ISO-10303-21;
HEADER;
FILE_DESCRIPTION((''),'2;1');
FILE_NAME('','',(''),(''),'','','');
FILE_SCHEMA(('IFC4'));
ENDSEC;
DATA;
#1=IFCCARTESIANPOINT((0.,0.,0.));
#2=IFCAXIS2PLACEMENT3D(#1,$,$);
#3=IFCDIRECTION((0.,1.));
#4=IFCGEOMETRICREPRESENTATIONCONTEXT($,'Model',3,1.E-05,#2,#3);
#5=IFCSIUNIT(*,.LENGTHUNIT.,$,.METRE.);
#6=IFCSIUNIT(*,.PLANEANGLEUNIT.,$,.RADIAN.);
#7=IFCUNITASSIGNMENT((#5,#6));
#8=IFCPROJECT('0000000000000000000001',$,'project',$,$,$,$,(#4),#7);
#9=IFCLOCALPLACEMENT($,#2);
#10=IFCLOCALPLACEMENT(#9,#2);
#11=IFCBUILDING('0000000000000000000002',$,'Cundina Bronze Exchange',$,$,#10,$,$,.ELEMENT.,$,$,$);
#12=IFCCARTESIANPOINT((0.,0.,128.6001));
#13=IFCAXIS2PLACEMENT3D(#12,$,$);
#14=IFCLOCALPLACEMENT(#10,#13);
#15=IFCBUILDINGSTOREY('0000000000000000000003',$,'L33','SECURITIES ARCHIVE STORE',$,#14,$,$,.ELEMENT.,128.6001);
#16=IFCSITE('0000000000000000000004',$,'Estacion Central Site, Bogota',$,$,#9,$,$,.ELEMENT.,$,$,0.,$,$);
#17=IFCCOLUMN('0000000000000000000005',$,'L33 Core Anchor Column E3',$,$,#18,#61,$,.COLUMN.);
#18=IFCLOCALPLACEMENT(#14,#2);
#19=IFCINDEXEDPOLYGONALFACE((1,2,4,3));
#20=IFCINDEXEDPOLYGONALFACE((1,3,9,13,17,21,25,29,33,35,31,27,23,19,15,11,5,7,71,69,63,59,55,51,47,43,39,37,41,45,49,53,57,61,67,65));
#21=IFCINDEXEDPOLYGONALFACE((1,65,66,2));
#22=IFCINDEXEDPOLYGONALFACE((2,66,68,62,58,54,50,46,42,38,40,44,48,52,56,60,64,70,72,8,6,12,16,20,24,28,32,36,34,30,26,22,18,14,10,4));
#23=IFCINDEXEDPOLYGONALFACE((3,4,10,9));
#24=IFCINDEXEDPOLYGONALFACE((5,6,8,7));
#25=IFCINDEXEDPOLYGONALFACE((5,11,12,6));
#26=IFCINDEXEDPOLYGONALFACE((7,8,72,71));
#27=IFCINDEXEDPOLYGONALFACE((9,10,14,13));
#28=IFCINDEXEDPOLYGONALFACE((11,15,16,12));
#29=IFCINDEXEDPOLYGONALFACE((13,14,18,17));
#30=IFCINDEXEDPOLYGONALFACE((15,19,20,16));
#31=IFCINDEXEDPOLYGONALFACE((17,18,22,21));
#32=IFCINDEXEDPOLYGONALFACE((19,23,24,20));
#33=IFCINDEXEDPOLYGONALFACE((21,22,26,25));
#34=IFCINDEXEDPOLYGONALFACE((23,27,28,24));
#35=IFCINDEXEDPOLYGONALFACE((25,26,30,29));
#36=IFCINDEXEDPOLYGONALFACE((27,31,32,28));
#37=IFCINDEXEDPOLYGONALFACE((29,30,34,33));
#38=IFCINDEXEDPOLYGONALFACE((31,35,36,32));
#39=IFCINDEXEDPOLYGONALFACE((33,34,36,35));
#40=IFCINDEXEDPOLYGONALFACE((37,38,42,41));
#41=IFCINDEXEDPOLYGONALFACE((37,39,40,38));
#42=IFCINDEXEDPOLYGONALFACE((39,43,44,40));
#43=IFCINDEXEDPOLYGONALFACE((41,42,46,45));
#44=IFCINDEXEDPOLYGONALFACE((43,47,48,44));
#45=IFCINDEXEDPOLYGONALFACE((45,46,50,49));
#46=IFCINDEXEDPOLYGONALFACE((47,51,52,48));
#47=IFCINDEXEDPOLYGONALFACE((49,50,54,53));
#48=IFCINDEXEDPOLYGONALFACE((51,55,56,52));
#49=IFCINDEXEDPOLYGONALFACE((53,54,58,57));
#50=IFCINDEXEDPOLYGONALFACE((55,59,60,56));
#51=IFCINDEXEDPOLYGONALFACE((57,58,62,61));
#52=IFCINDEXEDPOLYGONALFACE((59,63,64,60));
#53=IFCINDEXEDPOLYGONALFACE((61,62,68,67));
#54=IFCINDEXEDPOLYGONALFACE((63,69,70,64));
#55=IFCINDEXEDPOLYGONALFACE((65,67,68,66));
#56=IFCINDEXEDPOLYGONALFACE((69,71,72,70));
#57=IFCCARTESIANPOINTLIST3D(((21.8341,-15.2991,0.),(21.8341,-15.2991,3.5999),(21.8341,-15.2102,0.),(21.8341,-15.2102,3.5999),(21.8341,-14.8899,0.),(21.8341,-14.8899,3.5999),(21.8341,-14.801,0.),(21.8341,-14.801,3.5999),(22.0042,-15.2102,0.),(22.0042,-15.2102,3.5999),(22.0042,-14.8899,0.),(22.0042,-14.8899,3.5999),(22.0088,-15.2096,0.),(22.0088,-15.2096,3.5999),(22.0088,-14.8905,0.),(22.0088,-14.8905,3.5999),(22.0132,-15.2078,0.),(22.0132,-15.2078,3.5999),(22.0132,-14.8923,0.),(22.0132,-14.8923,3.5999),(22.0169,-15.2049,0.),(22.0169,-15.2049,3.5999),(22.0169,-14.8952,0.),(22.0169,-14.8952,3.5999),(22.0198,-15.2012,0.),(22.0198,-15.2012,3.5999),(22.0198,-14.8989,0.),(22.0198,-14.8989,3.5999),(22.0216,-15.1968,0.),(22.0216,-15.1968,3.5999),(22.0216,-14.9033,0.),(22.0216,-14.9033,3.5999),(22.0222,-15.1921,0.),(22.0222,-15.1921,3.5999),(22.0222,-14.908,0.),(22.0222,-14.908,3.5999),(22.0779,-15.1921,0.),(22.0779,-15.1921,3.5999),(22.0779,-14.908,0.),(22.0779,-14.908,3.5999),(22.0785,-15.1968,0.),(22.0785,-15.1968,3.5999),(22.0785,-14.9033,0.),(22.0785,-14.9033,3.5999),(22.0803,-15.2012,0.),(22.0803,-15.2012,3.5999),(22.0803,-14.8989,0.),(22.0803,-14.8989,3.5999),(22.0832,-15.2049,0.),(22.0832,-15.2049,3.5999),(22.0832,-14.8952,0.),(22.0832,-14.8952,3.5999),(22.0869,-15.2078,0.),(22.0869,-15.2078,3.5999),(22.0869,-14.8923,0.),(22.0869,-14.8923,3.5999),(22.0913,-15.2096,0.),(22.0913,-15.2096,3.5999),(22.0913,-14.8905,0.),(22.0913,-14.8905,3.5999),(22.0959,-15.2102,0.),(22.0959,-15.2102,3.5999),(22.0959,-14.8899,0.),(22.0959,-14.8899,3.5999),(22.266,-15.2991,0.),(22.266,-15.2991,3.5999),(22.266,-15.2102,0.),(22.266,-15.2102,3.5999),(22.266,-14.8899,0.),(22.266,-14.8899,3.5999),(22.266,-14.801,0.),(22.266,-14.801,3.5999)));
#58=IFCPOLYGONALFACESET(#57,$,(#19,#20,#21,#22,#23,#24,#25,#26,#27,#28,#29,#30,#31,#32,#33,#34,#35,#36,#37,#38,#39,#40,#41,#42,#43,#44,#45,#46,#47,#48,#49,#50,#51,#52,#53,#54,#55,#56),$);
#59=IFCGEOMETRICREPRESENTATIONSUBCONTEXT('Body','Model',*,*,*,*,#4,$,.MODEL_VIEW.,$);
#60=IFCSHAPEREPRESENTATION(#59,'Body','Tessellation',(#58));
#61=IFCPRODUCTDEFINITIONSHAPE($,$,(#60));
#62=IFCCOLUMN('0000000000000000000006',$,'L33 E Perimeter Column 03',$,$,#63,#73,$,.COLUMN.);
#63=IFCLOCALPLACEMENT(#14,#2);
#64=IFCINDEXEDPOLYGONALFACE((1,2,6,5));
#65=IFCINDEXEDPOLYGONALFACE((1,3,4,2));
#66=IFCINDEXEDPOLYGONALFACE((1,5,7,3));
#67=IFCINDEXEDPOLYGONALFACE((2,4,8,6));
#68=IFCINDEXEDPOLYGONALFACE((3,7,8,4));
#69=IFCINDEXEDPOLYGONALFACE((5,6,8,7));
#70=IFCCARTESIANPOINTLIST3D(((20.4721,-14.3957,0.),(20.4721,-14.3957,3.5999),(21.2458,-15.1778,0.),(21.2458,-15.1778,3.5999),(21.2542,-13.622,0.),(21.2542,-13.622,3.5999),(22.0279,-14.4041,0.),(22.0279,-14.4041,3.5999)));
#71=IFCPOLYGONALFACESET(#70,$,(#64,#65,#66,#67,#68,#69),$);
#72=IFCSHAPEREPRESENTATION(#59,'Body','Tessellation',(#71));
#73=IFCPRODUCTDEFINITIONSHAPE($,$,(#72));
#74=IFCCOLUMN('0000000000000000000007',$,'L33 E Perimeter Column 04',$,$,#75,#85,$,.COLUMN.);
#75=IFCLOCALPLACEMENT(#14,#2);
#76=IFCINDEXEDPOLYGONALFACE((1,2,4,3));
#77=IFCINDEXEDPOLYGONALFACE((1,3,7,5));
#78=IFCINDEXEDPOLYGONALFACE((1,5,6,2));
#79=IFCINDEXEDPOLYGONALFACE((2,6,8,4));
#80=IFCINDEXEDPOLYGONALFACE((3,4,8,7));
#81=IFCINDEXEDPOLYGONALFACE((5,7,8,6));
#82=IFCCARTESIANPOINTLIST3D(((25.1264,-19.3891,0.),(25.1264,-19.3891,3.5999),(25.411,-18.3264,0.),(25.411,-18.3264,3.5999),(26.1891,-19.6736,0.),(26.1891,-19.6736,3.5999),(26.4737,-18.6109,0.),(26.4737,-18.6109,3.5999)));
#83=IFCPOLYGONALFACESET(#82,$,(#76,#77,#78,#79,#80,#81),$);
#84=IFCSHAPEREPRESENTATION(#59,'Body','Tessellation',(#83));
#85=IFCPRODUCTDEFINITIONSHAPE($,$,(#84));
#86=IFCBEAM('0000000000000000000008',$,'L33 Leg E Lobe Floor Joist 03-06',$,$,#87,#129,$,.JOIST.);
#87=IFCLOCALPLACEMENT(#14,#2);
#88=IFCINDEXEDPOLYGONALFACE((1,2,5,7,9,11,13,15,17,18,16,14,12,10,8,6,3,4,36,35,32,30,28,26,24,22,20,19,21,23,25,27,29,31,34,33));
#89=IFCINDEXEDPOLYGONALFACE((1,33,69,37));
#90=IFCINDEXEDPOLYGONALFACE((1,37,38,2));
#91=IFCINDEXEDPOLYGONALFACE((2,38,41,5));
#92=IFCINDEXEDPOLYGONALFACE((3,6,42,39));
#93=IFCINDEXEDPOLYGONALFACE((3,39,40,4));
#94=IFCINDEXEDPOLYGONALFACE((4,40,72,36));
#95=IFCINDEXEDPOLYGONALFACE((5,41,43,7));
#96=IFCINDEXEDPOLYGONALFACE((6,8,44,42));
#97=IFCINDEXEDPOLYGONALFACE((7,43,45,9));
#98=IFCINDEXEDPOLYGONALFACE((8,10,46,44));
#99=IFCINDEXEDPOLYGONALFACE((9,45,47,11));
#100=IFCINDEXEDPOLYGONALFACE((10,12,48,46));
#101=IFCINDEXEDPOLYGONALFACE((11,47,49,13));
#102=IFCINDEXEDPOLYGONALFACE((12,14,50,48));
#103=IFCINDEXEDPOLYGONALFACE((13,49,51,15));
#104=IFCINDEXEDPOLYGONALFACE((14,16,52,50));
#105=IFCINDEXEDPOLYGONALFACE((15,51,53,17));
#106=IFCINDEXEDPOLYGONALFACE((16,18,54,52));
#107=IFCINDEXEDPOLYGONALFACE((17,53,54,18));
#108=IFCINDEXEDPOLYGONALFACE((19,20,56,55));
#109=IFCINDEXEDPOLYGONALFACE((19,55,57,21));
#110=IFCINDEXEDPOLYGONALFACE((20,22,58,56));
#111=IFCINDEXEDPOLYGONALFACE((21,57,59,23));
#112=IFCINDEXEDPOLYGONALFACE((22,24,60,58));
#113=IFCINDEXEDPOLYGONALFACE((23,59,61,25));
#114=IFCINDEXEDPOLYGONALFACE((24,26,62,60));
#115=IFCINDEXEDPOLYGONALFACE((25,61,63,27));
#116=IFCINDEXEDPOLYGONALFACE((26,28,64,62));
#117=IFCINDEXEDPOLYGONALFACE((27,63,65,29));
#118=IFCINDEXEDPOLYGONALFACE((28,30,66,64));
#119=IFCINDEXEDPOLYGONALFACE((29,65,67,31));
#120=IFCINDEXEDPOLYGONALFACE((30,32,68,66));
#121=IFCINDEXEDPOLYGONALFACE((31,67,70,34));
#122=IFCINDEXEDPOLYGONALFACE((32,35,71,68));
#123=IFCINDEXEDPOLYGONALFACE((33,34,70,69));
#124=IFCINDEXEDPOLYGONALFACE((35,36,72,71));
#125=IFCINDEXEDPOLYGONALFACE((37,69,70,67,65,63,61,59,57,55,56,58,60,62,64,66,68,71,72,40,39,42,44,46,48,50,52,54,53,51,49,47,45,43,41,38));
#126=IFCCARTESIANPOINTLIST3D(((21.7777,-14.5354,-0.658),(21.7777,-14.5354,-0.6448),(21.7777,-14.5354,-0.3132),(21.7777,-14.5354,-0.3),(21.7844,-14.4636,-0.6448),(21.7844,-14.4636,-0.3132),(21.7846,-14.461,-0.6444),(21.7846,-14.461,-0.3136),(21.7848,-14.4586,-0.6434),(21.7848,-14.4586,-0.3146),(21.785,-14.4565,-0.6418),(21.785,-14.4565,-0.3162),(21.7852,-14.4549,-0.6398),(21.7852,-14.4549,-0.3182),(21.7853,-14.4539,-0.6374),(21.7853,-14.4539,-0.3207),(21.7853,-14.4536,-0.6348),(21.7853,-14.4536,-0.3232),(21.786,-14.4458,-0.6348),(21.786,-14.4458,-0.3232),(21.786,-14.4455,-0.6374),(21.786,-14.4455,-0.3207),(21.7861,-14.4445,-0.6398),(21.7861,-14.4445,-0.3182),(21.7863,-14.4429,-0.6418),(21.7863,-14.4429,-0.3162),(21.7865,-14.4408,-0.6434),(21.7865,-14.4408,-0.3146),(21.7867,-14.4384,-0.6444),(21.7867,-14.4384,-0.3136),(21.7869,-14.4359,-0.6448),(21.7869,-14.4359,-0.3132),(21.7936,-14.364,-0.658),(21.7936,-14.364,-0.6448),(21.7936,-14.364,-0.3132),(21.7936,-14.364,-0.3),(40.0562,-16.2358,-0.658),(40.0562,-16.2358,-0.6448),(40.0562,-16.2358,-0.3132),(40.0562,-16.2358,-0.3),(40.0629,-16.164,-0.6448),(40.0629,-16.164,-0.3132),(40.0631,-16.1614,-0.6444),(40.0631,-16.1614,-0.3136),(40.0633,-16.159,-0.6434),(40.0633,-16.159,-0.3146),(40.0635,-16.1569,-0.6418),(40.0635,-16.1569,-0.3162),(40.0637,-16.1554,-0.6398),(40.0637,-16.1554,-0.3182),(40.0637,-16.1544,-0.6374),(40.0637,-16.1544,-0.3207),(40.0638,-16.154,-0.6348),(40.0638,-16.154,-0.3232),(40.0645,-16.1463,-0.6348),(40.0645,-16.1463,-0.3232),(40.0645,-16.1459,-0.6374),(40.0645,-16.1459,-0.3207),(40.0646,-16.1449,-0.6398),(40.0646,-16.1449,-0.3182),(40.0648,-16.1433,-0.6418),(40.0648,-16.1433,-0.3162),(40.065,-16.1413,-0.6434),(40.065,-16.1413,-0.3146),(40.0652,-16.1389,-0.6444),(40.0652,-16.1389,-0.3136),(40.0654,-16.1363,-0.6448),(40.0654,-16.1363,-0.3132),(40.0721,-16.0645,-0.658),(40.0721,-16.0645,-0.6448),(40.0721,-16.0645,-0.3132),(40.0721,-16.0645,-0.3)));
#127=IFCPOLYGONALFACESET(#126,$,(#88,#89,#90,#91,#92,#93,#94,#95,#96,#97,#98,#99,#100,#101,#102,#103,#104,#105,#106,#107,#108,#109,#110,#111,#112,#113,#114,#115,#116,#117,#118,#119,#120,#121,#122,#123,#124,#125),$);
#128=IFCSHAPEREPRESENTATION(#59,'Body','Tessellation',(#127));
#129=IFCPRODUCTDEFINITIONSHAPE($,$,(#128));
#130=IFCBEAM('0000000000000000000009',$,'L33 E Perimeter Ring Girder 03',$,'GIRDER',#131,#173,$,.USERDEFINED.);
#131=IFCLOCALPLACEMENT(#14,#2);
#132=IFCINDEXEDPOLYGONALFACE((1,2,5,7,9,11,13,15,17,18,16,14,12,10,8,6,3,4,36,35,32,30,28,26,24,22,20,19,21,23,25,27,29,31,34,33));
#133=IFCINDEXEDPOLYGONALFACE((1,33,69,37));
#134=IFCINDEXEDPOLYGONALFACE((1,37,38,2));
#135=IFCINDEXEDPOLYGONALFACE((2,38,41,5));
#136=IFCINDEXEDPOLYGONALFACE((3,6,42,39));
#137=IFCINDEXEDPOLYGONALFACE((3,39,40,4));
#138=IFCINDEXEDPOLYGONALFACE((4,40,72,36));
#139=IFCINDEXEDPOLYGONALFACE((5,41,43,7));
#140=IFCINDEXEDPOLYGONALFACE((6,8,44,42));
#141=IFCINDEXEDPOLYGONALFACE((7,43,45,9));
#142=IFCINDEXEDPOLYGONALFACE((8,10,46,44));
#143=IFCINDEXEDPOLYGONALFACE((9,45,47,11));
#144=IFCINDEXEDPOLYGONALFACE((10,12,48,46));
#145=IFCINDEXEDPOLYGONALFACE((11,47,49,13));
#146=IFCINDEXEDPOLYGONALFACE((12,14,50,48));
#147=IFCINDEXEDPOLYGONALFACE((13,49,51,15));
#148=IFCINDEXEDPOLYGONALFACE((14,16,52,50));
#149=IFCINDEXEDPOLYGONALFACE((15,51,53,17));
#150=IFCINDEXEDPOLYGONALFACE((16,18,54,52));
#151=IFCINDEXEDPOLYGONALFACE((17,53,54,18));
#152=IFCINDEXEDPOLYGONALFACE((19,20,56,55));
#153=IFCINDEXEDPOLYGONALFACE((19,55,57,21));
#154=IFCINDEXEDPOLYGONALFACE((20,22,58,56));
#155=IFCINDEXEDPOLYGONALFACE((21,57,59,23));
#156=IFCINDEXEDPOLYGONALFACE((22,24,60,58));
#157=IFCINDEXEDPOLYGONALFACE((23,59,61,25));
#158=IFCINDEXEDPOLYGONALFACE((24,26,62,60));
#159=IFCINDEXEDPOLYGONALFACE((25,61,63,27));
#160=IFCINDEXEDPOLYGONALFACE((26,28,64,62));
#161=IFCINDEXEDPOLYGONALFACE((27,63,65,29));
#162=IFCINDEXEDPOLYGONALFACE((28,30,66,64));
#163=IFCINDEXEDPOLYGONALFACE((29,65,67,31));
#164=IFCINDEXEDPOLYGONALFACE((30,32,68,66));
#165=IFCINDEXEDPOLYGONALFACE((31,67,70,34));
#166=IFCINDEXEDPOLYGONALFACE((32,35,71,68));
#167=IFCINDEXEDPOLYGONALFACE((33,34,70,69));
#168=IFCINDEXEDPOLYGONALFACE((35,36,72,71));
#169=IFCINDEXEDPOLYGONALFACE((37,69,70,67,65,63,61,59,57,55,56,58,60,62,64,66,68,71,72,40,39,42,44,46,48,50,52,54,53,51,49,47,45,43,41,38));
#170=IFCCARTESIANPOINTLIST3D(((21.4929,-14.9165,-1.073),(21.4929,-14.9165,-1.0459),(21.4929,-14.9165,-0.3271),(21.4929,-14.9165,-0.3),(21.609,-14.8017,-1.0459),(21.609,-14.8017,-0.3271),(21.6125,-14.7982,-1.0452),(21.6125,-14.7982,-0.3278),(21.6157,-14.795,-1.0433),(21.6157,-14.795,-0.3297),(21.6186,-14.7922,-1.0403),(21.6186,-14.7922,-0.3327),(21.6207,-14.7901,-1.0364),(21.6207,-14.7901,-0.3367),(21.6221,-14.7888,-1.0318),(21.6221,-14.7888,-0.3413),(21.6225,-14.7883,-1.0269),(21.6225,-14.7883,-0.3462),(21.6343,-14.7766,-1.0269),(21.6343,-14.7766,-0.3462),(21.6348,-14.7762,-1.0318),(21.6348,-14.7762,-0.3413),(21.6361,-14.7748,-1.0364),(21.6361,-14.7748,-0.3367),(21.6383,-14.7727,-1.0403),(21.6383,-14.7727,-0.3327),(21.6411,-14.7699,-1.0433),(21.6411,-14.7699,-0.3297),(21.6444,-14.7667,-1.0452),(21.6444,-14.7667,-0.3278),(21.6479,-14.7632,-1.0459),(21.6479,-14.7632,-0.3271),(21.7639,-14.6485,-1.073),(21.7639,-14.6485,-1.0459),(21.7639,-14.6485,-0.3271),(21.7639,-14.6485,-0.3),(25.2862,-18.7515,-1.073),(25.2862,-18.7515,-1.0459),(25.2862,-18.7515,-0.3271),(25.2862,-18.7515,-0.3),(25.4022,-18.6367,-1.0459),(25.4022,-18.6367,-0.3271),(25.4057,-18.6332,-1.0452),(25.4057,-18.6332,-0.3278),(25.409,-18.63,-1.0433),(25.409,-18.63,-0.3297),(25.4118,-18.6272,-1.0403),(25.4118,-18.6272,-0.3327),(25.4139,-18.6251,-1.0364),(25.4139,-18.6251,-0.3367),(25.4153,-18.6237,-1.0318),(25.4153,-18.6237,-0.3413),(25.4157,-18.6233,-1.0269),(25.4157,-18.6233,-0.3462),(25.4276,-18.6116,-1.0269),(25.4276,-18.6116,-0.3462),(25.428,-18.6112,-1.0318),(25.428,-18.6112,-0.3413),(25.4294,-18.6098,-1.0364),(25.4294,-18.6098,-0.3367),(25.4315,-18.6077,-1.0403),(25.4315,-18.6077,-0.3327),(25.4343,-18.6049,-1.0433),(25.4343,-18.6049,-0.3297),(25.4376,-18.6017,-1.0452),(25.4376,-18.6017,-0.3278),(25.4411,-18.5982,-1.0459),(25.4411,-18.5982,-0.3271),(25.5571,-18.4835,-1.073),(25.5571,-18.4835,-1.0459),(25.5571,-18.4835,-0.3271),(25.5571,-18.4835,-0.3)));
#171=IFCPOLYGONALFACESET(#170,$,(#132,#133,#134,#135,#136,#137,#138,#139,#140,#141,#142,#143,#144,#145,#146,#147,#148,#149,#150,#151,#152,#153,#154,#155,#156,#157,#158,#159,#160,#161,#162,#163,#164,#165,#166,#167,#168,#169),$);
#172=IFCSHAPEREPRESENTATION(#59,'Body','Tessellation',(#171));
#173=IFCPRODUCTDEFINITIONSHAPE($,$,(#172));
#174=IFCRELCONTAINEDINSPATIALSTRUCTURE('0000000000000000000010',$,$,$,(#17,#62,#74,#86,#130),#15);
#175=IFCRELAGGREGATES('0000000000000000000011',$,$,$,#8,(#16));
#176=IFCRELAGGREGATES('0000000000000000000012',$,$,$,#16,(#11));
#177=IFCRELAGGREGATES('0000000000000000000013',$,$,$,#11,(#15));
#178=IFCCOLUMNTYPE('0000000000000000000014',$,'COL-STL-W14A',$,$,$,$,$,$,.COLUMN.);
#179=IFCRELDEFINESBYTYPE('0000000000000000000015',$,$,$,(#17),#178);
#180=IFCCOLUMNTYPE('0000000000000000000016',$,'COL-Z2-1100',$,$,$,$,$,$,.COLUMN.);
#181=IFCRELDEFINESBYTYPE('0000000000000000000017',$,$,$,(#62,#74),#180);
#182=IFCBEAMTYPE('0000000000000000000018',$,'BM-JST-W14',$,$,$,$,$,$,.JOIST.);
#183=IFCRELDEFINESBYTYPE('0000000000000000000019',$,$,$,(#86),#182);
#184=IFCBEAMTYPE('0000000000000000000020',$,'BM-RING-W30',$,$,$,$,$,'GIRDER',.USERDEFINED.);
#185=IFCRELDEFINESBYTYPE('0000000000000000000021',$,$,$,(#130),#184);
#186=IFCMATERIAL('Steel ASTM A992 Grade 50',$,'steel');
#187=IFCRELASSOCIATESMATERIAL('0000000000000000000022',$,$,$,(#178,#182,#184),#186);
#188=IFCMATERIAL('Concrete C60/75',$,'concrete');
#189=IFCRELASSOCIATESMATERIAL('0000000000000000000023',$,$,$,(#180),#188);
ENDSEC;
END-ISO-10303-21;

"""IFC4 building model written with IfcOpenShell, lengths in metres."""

from ifc_helpers import new_model, si_unit, direction, frame, origin, origin_2d, place, context, subcontext, project, spatial, rectangle, i_section, extrude, material, material_profile, profile_set, type_object, element, save


model = new_model("IFC4")

# Units and contexts
model_context = context("Model", 3, precision=1e-05, world=origin(), true_north=direction((0.0, 1.0)))
body_context = subcontext(model_context, "Body", "Model", "MODEL_VIEW")
ifc_project = project(units=[si_unit("LENGTHUNIT", "METRE"), si_unit("PLANEANGLEUNIT", "RADIAN")], contexts=[model_context])

# Site, building, storey
site_placement = place(None, origin())
site = spatial("IfcSite", under=ifc_project, at=site_placement, Name="Estacion Central Site, Bogota", CompositionType="ELEMENT", RefElevation=0.0)
building_placement = place(site_placement, origin())
building = spatial("IfcBuilding", under=site, at=building_placement, Name="Cundina Bronze Exchange", CompositionType="ELEMENT")
storey_placement = place(building_placement, frame((0.0, 0.0, 128.6001)))
storey = spatial("IfcBuildingStorey", under=building, at=storey_placement, Name="L33", Description="SECURITIES ARCHIVE STORE", CompositionType="ELEMENT", Elevation=128.6001)

# Columns
ifc_material_1 = material(Name="Steel ASTM A992 Grade 50", Category="steel")
ifc_material_profile_1 = material_profile(ifc_material_1, i_section(OverallWidth=0.4319, OverallDepth=0.498, WebThickness=0.0557, FlangeThickness=0.0889, FilletRadius=0.0181, at=origin_2d()), Name="W14X500", Category="steel")
ifc_profile_set_1 = profile_set([ifc_material_profile_1], Name="Steel ASTM A992 Grade 50")
column_type_1 = type_object("IfcColumnType", Name="COL-STL-W14A", PredefinedType="COLUMN", material=ifc_profile_set_1)
column_placement = place(storey_placement, frame((22.05, -15.05, 0.0), z_axis=(0.0, 0.0, 1.0), x_axis=(1.0, 0.0, 0.0)))
element("IfcColumn", 1, at=column_placement, inside=storey, type_object=column_type_1, Name="L33 Core Anchor Column E3", PredefinedType="COLUMN", context=body_context, shape_type="SweptSolid", body=[
    extrude(i_section(OverallWidth=0.4319, OverallDepth=0.498, WebThickness=0.0557, FlangeThickness=0.0889, FilletRadius=0.0181, at=origin_2d()), origin(), (0.0, 0.0, 1.0), 3.5999),
])
ifc_material_2 = material(Name="Concrete C60/75", Category="concrete")
ifc_material_profile_2 = material_profile(ifc_material_2, rectangle(XDim=1.1001, YDim=1.1001, at=origin_2d()), Name="RC1100X1100", Category="concrete")
ifc_profile_set_2 = profile_set([ifc_material_profile_2], Name="Concrete C60/75")
column_type_2 = type_object("IfcColumnType", Name="COL-Z2-1100", PredefinedType="COLUMN", material=ifc_profile_set_2)
for number, where, z_axis, x_axis, name in (
    (2, (21.25, -14.3999, 0.0), (0.0, 0.0, 1.0), (0.703271, -0.710922, 0.0), "L33 E Perimeter Column 03"),
    (3, (25.8, -19.0, 0.0), (0.0, 0.0, 1.0), (0.965971, -0.25865, 0.0), "L33 E Perimeter Column 04"),
):
    element("IfcColumn", number, at=place(storey_placement, frame(where, z_axis=z_axis, x_axis=x_axis)), inside=storey, type_object=column_type_2, Name=name, PredefinedType="COLUMN", context=body_context, shape_type="SweptSolid", body=[
        extrude(rectangle(XDim=1.1001, YDim=1.1001, at=origin_2d()), origin(), (0.0, 0.0, 1.0), 3.5999),
    ])

# Beams
ifc_material_profile_3 = material_profile(ifc_material_1, i_section(OverallWidth=0.1721, OverallDepth=0.3579, WebThickness=0.0078, FlangeThickness=0.0132, FilletRadius=0.01, at=origin_2d()), Name="W14X38", Category="steel")
ifc_profile_set_3 = profile_set([ifc_material_profile_3], Name="Steel ASTM A992 Grade 50")
beam_type_1 = type_object("IfcBeamType", Name="BM-JST-W14", PredefinedType="JOIST", material=ifc_profile_set_3)
beam_1_placement = place(storey_placement, frame((21.7856, -14.4497, -0.479), z_axis=(0.995701, -0.092629, 0.0), x_axis=(0.092629, 0.995701, 0.0)))
element("IfcBeam", 4, at=beam_1_placement, inside=storey, type_object=beam_type_1, Name="L33 Leg E Lobe Floor Joist 03-06", PredefinedType="JOIST", context=body_context, shape_type="SweptSolid", body=[
    extrude(i_section(OverallWidth=0.1721, OverallDepth=0.3579, WebThickness=0.0078, FlangeThickness=0.0132, FilletRadius=0.01, at=origin_2d()), origin(), (0.0, 0.0, 1.0), 18.3574),
])
ifc_material_profile_4 = material_profile(ifc_material_1, i_section(OverallWidth=0.3811, OverallDepth=0.7729, WebThickness=0.0166, FlangeThickness=0.0271, FilletRadius=0.019, at=origin_2d()), Name="W30X173", Category="steel")
ifc_profile_set_4 = profile_set([ifc_material_profile_4], Name="Steel ASTM A992 Grade 50")
beam_type_2 = type_object("IfcBeamType", Name="BM-RING-W30", ElementType="GIRDER", PredefinedType="USERDEFINED", material=ifc_profile_set_4)
beam_2_placement = place(storey_placement, frame((21.6284, -14.7825, -0.6865), z_axis=(0.703226, -0.710966, 0.0), x_axis=(0.710966, 0.703226, 0.0)))
element("IfcBeam", 5, at=beam_2_placement, inside=storey, type_object=beam_type_2, Name="L33 E Perimeter Ring Girder 03", ObjectType="GIRDER", PredefinedType="USERDEFINED", context=body_context, shape_type="SweptSolid", body=[
    extrude(i_section(OverallWidth=0.3811, OverallDepth=0.7729, WebThickness=0.0166, FlangeThickness=0.0271, FilletRadius=0.019, at=origin_2d()), origin(), (0.0, 0.0, 1.0), 5.394),
])

save(model, "model.ifc")
